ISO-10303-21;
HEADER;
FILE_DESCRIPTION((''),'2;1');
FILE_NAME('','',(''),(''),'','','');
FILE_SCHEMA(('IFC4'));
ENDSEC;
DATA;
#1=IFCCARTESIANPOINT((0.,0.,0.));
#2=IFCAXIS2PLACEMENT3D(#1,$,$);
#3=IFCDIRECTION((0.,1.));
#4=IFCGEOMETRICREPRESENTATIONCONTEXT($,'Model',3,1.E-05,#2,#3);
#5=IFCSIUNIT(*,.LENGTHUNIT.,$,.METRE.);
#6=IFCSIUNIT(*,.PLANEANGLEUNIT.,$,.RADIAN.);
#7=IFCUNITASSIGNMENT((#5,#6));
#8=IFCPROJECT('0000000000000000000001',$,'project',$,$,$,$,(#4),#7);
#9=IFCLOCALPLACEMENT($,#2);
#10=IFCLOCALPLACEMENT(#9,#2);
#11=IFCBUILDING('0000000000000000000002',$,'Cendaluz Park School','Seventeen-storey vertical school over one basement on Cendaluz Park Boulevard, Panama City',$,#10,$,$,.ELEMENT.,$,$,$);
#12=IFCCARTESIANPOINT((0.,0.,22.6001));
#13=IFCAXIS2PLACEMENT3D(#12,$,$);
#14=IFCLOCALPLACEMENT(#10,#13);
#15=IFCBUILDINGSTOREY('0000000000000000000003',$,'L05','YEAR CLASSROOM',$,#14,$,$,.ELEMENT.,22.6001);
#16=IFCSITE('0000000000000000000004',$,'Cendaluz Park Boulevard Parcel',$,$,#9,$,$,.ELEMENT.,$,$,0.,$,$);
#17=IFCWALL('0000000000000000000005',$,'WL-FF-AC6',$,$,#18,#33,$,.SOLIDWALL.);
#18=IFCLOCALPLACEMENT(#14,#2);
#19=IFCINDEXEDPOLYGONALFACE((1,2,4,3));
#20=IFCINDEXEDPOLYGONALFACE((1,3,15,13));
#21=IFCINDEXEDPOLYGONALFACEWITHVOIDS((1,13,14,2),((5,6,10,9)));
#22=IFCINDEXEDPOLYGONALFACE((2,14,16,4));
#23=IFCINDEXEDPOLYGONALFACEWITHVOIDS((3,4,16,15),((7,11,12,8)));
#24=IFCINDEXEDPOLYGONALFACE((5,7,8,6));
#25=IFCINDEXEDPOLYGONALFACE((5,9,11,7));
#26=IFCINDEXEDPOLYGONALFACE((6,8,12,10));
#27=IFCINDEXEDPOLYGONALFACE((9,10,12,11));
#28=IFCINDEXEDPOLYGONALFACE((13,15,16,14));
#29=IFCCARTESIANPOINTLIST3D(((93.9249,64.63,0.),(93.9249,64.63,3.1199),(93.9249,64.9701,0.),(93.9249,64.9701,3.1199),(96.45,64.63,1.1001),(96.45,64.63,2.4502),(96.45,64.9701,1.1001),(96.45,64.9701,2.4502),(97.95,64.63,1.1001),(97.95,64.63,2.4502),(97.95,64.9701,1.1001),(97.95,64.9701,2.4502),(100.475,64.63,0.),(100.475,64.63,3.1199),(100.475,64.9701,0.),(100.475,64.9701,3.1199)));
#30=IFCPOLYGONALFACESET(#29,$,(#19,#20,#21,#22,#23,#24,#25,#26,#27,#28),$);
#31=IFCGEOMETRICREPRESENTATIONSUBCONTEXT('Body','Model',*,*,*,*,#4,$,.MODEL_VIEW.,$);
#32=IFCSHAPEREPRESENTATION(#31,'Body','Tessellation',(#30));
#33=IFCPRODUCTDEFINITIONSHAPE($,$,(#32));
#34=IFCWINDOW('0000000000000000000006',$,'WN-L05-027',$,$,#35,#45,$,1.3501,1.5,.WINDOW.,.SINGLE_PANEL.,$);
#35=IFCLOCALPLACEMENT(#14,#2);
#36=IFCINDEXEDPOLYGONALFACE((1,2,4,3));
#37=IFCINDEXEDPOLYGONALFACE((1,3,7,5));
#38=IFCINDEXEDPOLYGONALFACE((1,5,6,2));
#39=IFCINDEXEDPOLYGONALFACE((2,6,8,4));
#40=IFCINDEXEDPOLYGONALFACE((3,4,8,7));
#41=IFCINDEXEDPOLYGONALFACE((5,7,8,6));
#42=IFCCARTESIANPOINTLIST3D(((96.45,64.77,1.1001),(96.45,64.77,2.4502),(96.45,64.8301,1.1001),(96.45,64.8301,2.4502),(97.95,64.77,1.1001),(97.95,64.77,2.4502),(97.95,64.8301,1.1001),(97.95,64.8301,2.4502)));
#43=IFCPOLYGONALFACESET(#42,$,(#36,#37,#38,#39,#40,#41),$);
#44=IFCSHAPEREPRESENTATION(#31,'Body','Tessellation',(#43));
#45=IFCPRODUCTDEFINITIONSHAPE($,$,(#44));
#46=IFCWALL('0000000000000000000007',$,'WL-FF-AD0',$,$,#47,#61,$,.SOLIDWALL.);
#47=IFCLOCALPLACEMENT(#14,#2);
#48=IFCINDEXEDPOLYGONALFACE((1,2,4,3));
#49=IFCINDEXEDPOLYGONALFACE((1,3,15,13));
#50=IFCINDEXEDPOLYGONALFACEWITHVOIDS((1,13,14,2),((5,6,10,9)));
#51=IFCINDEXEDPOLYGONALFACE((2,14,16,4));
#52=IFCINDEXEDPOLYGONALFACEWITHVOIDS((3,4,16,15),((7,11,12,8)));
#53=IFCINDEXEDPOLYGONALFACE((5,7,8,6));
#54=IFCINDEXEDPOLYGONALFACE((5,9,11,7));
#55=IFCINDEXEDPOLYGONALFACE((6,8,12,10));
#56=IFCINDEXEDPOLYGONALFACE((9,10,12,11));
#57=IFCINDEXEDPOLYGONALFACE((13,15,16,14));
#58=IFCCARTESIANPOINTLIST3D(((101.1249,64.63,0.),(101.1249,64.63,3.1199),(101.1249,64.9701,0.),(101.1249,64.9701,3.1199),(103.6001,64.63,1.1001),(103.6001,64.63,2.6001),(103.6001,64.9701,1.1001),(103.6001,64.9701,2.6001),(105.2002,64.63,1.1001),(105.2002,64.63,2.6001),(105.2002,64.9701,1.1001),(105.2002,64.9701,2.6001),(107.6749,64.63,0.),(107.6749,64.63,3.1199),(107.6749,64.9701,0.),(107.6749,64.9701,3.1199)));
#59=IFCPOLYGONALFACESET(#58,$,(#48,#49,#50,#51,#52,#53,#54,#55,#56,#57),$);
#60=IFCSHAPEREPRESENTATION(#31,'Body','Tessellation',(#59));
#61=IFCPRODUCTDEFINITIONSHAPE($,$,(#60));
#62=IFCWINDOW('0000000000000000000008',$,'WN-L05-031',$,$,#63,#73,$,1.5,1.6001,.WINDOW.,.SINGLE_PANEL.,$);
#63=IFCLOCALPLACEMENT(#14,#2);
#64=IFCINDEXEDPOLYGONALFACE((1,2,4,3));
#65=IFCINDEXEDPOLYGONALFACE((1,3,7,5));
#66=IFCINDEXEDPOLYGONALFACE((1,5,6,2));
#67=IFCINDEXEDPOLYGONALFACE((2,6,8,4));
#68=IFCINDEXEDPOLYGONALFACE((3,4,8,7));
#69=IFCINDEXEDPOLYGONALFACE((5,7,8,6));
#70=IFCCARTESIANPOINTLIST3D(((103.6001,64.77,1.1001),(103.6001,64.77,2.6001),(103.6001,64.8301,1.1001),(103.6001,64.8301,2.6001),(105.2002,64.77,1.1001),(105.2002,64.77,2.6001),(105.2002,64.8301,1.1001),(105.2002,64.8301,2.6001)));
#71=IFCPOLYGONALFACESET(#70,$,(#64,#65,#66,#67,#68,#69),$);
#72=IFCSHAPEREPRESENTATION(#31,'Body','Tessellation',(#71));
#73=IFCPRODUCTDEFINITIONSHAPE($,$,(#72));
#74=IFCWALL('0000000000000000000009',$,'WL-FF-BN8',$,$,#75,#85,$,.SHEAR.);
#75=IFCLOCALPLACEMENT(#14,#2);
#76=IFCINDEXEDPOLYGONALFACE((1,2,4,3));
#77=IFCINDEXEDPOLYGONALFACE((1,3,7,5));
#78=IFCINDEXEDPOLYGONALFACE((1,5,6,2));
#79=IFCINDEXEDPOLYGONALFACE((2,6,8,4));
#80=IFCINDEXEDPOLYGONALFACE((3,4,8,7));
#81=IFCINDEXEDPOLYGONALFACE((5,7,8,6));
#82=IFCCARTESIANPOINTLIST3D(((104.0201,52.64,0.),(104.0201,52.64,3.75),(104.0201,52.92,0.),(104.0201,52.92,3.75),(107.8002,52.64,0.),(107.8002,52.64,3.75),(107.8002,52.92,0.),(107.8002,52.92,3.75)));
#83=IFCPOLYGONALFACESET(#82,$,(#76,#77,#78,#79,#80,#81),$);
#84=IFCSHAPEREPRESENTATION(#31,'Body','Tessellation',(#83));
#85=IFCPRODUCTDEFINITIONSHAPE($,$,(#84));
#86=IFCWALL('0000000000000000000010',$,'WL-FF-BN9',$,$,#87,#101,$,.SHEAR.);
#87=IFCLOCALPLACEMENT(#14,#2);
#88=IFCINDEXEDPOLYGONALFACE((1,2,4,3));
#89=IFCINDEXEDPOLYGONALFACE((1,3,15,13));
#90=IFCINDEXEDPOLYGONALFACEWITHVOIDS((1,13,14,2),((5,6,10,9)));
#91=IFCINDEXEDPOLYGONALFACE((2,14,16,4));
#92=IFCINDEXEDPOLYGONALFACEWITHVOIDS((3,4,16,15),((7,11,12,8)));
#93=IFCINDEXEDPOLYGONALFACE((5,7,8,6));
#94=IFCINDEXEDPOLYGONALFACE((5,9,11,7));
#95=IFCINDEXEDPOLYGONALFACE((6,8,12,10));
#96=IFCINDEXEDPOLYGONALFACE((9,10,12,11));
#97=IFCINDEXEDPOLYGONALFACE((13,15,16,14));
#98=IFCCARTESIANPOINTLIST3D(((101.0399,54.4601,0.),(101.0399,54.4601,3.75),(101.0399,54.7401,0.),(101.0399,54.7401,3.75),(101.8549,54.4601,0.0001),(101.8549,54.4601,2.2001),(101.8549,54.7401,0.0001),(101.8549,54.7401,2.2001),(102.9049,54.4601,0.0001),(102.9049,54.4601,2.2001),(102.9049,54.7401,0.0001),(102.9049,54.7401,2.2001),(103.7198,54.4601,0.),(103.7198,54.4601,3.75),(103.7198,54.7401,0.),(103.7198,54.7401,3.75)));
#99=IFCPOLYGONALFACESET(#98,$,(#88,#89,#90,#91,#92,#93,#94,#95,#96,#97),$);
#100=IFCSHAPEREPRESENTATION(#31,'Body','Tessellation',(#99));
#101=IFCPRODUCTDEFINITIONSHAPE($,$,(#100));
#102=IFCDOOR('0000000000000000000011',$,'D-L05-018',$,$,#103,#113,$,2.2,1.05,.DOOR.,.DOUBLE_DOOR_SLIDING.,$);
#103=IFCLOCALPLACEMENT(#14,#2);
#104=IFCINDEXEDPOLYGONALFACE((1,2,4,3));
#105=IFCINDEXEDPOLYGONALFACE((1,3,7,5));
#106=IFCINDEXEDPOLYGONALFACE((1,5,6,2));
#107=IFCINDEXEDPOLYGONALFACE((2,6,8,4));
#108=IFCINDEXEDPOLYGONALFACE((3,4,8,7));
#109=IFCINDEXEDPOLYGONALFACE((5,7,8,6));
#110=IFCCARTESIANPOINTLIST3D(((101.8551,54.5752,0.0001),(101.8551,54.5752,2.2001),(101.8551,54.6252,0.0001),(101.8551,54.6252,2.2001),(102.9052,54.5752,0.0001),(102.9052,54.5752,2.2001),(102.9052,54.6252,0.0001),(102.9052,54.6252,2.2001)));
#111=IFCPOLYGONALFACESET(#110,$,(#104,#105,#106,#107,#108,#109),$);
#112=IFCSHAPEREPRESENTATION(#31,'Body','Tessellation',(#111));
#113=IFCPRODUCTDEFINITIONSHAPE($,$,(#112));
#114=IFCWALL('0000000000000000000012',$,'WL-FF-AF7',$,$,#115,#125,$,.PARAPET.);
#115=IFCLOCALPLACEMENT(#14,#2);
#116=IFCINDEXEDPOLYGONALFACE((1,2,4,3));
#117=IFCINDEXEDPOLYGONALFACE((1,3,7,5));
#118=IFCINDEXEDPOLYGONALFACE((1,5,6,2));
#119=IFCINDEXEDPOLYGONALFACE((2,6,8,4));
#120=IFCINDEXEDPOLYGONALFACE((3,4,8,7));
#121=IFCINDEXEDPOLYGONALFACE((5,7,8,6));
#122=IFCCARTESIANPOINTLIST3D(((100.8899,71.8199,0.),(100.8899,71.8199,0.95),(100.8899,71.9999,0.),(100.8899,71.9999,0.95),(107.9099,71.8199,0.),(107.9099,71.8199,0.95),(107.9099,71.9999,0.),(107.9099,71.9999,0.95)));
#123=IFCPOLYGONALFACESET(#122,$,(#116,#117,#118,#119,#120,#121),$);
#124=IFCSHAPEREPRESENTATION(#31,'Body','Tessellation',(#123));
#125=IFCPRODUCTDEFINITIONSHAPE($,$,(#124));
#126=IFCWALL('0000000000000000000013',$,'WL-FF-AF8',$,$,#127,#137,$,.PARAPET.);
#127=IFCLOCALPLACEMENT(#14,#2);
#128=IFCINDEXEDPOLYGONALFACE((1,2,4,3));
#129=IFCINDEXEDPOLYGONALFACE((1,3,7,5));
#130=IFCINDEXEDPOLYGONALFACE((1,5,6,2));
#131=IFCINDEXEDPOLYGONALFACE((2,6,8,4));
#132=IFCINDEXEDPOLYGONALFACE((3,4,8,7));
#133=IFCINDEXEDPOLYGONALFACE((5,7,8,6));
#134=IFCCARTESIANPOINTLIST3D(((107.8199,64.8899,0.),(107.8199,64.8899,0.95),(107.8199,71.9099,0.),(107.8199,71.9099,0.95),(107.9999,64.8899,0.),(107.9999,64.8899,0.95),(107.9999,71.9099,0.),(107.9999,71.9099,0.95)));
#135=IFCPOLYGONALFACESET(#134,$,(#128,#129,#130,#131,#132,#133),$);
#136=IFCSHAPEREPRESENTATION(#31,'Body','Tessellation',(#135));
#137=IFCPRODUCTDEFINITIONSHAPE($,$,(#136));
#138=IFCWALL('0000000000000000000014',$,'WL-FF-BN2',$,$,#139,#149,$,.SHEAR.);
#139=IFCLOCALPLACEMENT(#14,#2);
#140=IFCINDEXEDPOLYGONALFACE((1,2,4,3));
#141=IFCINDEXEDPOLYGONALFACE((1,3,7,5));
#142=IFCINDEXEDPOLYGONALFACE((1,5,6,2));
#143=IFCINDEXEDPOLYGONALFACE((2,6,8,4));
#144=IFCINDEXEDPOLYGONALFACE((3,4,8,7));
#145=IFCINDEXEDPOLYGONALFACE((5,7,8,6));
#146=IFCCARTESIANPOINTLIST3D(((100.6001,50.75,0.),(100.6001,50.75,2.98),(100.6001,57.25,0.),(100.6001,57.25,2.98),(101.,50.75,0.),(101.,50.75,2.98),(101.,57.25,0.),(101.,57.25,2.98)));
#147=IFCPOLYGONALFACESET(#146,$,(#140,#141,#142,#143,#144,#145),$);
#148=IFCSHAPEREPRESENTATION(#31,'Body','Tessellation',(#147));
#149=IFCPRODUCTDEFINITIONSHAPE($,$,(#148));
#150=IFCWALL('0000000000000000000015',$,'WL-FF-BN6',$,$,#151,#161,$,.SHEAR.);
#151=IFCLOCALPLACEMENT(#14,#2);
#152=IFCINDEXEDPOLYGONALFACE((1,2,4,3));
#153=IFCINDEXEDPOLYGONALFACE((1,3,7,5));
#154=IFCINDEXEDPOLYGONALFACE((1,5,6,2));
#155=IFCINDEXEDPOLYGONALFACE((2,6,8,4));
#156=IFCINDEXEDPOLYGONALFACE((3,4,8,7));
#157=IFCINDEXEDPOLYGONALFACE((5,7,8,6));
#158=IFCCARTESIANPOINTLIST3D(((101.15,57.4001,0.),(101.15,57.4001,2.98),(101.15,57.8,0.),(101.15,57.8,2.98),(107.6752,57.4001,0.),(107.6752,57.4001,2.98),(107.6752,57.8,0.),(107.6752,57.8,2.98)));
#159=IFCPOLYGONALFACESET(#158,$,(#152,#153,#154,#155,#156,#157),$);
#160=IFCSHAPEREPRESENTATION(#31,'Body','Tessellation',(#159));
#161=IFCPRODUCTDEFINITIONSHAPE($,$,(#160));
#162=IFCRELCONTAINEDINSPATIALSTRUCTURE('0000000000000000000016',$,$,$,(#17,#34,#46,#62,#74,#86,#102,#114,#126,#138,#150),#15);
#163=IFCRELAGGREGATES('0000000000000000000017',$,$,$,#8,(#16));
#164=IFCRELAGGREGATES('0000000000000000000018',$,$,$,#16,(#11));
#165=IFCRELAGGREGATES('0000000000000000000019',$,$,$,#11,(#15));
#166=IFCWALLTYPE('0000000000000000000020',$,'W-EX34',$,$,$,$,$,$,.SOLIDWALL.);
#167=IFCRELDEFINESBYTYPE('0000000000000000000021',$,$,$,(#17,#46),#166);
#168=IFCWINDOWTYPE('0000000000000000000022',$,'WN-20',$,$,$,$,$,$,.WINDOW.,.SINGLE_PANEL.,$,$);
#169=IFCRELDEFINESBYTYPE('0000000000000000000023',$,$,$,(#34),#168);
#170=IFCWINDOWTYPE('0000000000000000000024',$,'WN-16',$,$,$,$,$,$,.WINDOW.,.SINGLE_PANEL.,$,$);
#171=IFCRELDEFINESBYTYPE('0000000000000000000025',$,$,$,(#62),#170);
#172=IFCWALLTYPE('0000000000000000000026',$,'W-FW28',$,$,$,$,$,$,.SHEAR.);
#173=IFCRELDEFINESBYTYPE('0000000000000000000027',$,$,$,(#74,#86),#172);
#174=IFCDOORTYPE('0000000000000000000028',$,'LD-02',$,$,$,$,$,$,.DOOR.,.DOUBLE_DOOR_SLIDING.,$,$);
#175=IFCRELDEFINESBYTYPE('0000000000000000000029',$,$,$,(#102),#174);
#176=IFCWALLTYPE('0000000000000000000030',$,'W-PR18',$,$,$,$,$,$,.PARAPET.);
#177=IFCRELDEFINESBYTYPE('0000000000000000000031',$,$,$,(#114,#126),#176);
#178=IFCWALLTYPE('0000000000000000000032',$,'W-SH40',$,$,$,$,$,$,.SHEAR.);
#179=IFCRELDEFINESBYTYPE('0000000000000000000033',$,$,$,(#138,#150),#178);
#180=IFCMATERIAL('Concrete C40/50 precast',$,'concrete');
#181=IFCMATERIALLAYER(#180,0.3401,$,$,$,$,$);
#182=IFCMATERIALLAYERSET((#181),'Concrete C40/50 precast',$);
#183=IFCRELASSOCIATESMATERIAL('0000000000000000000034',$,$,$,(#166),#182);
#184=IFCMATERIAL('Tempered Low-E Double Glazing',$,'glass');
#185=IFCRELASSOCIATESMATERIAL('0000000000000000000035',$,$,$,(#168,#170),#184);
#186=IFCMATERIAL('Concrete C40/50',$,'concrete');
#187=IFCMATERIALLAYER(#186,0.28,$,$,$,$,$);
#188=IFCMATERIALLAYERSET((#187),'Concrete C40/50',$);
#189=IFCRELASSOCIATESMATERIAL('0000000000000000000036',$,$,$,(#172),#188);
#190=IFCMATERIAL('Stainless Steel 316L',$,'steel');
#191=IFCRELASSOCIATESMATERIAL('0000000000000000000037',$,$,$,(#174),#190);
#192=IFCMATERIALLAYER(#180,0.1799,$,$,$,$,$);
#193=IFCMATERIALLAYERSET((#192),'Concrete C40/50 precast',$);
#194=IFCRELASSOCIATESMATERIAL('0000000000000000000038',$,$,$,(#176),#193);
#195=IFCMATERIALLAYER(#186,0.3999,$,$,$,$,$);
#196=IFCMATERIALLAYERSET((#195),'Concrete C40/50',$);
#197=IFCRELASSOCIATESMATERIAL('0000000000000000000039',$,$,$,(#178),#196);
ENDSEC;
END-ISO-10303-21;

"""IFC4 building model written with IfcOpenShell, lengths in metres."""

from ifc_helpers import new_model, si_unit, direction, frame, frame_2d, origin, place, context, subcontext, project, spatial, rectangle, extrude, material, layer, layer_set, type_object, element, fill, save


model = new_model("IFC4")

# Units and contexts
model_context = context("Model", 3, precision=1e-05, world=origin(), true_north=direction((0.0, 1.0)))
body_context = subcontext(model_context, "Body", "Model", "MODEL_VIEW")
ifc_project = project(units=[si_unit("LENGTHUNIT", "METRE"), si_unit("PLANEANGLEUNIT", "RADIAN")], contexts=[model_context])

# Site, building, storey
site_placement = place(None, origin())
site = spatial("IfcSite", under=ifc_project, at=site_placement, Name="Cendaluz Park Boulevard Parcel", CompositionType="ELEMENT", RefElevation=0.0)
building_placement = place(site_placement, origin())
building = spatial("IfcBuilding", under=site, at=building_placement, Name="Cendaluz Park School", Description="Seventeen-storey vertical school over one basement on Cendaluz Park Boulevard, Panama City", CompositionType="ELEMENT")
storey_placement = place(building_placement, frame((0.0, 0.0, 22.6001)))
storey = spatial("IfcBuildingStorey", under=building, at=storey_placement, Name="L05", Description="YEAR CLASSROOM", CompositionType="ELEMENT", Elevation=22.6001)

# Shared definitions
ifc_material_1 = material(Name="Concrete C40/50", Category="concrete")

# Walls, openings, windows
ifc_material_2 = material(Name="Concrete C40/50 precast", Category="concrete")
ifc_layer_1 = layer(ifc_material_2, 0.3401)
ifc_layer_set_1 = layer_set([ifc_layer_1], Name="Concrete C40/50 precast")
wall_type_1 = type_object("IfcWallType", Name="W-EX34", PredefinedType="SOLIDWALL", material=ifc_layer_set_1)
wall_1_placement = place(storey_placement, frame((93.925, 64.8, 0.0), z_axis=(0.0, 0.0, 1.0), x_axis=(1.0, 0.0, 0.0)))
wall_1 = element("IfcWall", 1, at=wall_1_placement, inside=storey, type_object=wall_type_1, Name="WL-FF-AC6", PredefinedType="SOLIDWALL", context=body_context, shape_type="SweptSolid", body=[
    extrude(rectangle(XDim=6.55, YDim=0.3401, at=frame_2d((3.2749, 0.0))), origin(), (0.0, 0.0, 1.0), 3.1199),
])
opening_1_placement = place(wall_1_placement, frame((2.5249, 0.0, 1.1001)))
opening_1 = element("IfcOpeningElement", 2, at=opening_1_placement, cuts=wall_1, PredefinedType="OPENING", context=body_context, shape_type="SweptSolid", body=[
    extrude(rectangle(XDim=1.5, YDim=1.3501, at=frame_2d((0.75, 0.675))), frame((0.0, 0.1821, 0.0), z_axis=(0.0, -1.0, 0.0), x_axis=(1.0, 0.0, 0.0)), (0.0, 0.0, 1.0), 0.364),
])
ifc_material_3 = material(Name="Tempered Low-E Double Glazing", Category="glass")
window_type_1 = type_object("IfcWindowType", Name="WN-20", PartitioningType="SINGLE_PANEL", PredefinedType="WINDOW", material=ifc_material_3)
window_1_placement = place(opening_1_placement, origin())
window_1 = element("IfcWindow", 3, at=window_1_placement, inside=storey, type_object=window_type_1, Name="WN-L05-027", OverallHeight=1.3501, OverallWidth=1.5, PartitioningType="SINGLE_PANEL", PredefinedType="WINDOW", context=body_context, shape_type="SweptSolid", body=[
    extrude(rectangle(XDim=1.5, YDim=1.3501, at=frame_2d((0.75, 0.675))), frame((0.0, 0.03, 0.0), z_axis=(0.0, -1.0, 0.0), x_axis=(1.0, 0.0, 0.0)), (0.0, 0.0, 1.0), 0.0601),
])
fill(opening_1, window_1)
wall_2_placement = place(storey_placement, frame((101.125, 64.8, 0.0), z_axis=(0.0, 0.0, 1.0), x_axis=(1.0, 0.0, 0.0)))
wall_2 = element("IfcWall", 4, at=wall_2_placement, inside=storey, type_object=wall_type_1, Name="WL-FF-AD0", PredefinedType="SOLIDWALL", context=body_context, shape_type="SweptSolid", body=[
    extrude(rectangle(XDim=6.55, YDim=0.3401, at=frame_2d((3.2749, 0.0))), origin(), (0.0, 0.0, 1.0), 3.1199),
])
opening_2_placement = place(wall_2_placement, frame((2.4751, 0.0, 1.1001)))
opening_2 = element("IfcOpeningElement", 5, at=opening_2_placement, cuts=wall_2, PredefinedType="OPENING", context=body_context, shape_type="SweptSolid", body=[
    extrude(rectangle(XDim=1.6001, YDim=1.5, at=frame_2d((0.8, 0.75))), frame((0.0, 0.1821, 0.0), z_axis=(0.0, -1.0, 0.0), x_axis=(1.0, 0.0, 0.0)), (0.0, 0.0, 1.0), 0.364),
])
window_type_2 = type_object("IfcWindowType", Name="WN-16", PartitioningType="SINGLE_PANEL", PredefinedType="WINDOW", material=ifc_material_3)
window_2_placement = place(opening_2_placement, origin())
window_2 = element("IfcWindow", 6, at=window_2_placement, inside=storey, type_object=window_type_2, Name="WN-L05-031", OverallHeight=1.5, OverallWidth=1.6001, PartitioningType="SINGLE_PANEL", PredefinedType="WINDOW", context=body_context, shape_type="SweptSolid", body=[
    extrude(rectangle(XDim=1.6001, YDim=1.5, at=frame_2d((0.8, 0.75))), frame((0.0, 0.03, 0.0), z_axis=(0.0, -1.0, 0.0), x_axis=(1.0, 0.0, 0.0)), (0.0, 0.0, 1.0), 0.0601),
])
fill(opening_2, window_2)

# Wall
ifc_layer_2 = layer(ifc_material_1, 0.28)
ifc_layer_set_2 = layer_set([ifc_layer_2], Name="Concrete C40/50")
wall_type_2 = type_object("IfcWallType", Name="W-FW28", PredefinedType="SHEAR", material=ifc_layer_set_2)
wall_3_placement = place(storey_placement, frame((104.02, 52.78, 0.0), z_axis=(0.0, 0.0, 1.0), x_axis=(1.0, 0.0, 0.0)))
element("IfcWall", 7, at=wall_3_placement, inside=storey, type_object=wall_type_2, Name="WL-FF-BN8", PredefinedType="SHEAR", context=body_context, shape_type="SweptSolid", body=[
    extrude(rectangle(XDim=3.78, YDim=0.28, at=frame_2d((1.8901, 0.0))), origin(), (0.0, 0.0, 1.0), 3.75),
])

# Wall, opening, door
wall_4_placement = place(storey_placement, frame((101.04, 54.6001, 0.0), z_axis=(0.0, 0.0, 1.0), x_axis=(1.0, 0.0, 0.0)))
wall_4 = element("IfcWall", 8, at=wall_4_placement, inside=storey, type_object=wall_type_2, Name="WL-FF-BN9", PredefinedType="SHEAR", context=body_context, shape_type="SweptSolid", body=[
    extrude(rectangle(XDim=2.6799, YDim=0.28, at=frame_2d((1.3398, 0.0))), origin(), (0.0, 0.0, 1.0), 3.75),
])
opening_3_placement = place(wall_4_placement, frame((0.8149, 0.0, 0.0)))
opening_3 = element("IfcOpeningElement", 9, at=opening_3_placement, cuts=wall_4, PredefinedType="OPENING", context=body_context, shape_type="SweptSolid", body=[
    extrude(rectangle(XDim=1.05, YDim=2.2, at=frame_2d((0.5249, 1.1001))), frame((0.0, 0.1521, 0.0), z_axis=(0.0, -1.0, 0.0), x_axis=(1.0, 0.0, 0.0)), (0.0, 0.0, 1.0), 0.304),
])
ifc_material_4 = material(Name="Stainless Steel 316L", Category="steel")
door_type_1 = type_object("IfcDoorType", Name="LD-02", OperationType="DOUBLE_DOOR_SLIDING", PredefinedType="DOOR", material=ifc_material_4)
door_1_placement = place(opening_3_placement, frame((1.05, 0.0, 0.0), z_axis=(0.0, 0.0, 1.0), x_axis=(-1.0, 0.0, 0.0)))
door_1 = element("IfcDoor", 10, at=door_1_placement, inside=storey, type_object=door_type_1, Name="D-L05-018", OperationType="DOUBLE_DOOR_SLIDING", OverallHeight=2.2, OverallWidth=1.05, PredefinedType="DOOR", context=body_context, shape_type="SweptSolid", body=[
    extrude(rectangle(XDim=1.05, YDim=2.2, at=frame_2d((0.5249, 1.1001))), frame((0.0, 0.0249, 0.0), z_axis=(0.0, -1.0, 0.0), x_axis=(1.0, 0.0, 0.0)), (0.0, 0.0, 1.0), 0.05),
])
fill(opening_3, door_1)

# Walls
ifc_layer_3 = layer(ifc_material_2, 0.1799)
ifc_layer_set_3 = layer_set([ifc_layer_3], Name="Concrete C40/50 precast")
wall_type_3 = type_object("IfcWallType", Name="W-PR18", PredefinedType="PARAPET", material=ifc_layer_set_3)
for number, where, z_axis, x_axis, name in (
    (11, (100.8899, 71.9099, 0.0), (0.0, 0.0, 1.0), (1.0, 0.0, 0.0), "WL-FF-AF7"),
    (12, (107.9099, 64.8899, 0.0), (0.0, 0.0, 1.0), (0.0, 1.0, 0.0), "WL-FF-AF8"),
):
    element("IfcWall", number, at=place(storey_placement, frame(where, z_axis=z_axis, x_axis=x_axis)), inside=storey, type_object=wall_type_3, Name=name, PredefinedType="PARAPET", context=body_context, shape_type="SweptSolid", body=[
        extrude(rectangle(XDim=7.02, YDim=0.1799, at=frame_2d((3.51, 0.0))), origin(), (0.0, 0.0, 1.0), 0.95),
    ])
ifc_layer_4 = layer(ifc_material_1, 0.3999)
ifc_layer_set_4 = layer_set([ifc_layer_4], Name="Concrete C40/50")
wall_type_4 = type_object("IfcWallType", Name="W-SH40", PredefinedType="SHEAR", material=ifc_layer_set_4)
wall_5_placement = place(storey_placement, frame((100.8, 50.75, 0.0), z_axis=(0.0, 0.0, 1.0), x_axis=(0.0, 1.0, 0.0)))
element("IfcWall", 13, at=wall_5_placement, inside=storey, type_object=wall_type_4, Name="WL-FF-BN2", PredefinedType="SHEAR", context=body_context, shape_type="SweptSolid", body=[
    extrude(rectangle(XDim=6.5, YDim=0.3999, at=frame_2d((3.25, 0.0))), origin(), (0.0, 0.0, 1.0), 2.98),
])
wall_6_placement = place(storey_placement, frame((101.1499, 57.6001, 0.0), z_axis=(0.0, 0.0, 1.0), x_axis=(1.0, 0.0, 0.0)))
element("IfcWall", 14, at=wall_6_placement, inside=storey, type_object=wall_type_4, Name="WL-FF-BN6", PredefinedType="SHEAR", context=body_context, shape_type="SweptSolid", body=[
    extrude(rectangle(XDim=6.5251, YDim=0.3999, at=frame_2d((3.2627, 0.0))), origin(), (0.0, 0.0, 1.0), 2.98),
])

save(model, "model.ifc")
